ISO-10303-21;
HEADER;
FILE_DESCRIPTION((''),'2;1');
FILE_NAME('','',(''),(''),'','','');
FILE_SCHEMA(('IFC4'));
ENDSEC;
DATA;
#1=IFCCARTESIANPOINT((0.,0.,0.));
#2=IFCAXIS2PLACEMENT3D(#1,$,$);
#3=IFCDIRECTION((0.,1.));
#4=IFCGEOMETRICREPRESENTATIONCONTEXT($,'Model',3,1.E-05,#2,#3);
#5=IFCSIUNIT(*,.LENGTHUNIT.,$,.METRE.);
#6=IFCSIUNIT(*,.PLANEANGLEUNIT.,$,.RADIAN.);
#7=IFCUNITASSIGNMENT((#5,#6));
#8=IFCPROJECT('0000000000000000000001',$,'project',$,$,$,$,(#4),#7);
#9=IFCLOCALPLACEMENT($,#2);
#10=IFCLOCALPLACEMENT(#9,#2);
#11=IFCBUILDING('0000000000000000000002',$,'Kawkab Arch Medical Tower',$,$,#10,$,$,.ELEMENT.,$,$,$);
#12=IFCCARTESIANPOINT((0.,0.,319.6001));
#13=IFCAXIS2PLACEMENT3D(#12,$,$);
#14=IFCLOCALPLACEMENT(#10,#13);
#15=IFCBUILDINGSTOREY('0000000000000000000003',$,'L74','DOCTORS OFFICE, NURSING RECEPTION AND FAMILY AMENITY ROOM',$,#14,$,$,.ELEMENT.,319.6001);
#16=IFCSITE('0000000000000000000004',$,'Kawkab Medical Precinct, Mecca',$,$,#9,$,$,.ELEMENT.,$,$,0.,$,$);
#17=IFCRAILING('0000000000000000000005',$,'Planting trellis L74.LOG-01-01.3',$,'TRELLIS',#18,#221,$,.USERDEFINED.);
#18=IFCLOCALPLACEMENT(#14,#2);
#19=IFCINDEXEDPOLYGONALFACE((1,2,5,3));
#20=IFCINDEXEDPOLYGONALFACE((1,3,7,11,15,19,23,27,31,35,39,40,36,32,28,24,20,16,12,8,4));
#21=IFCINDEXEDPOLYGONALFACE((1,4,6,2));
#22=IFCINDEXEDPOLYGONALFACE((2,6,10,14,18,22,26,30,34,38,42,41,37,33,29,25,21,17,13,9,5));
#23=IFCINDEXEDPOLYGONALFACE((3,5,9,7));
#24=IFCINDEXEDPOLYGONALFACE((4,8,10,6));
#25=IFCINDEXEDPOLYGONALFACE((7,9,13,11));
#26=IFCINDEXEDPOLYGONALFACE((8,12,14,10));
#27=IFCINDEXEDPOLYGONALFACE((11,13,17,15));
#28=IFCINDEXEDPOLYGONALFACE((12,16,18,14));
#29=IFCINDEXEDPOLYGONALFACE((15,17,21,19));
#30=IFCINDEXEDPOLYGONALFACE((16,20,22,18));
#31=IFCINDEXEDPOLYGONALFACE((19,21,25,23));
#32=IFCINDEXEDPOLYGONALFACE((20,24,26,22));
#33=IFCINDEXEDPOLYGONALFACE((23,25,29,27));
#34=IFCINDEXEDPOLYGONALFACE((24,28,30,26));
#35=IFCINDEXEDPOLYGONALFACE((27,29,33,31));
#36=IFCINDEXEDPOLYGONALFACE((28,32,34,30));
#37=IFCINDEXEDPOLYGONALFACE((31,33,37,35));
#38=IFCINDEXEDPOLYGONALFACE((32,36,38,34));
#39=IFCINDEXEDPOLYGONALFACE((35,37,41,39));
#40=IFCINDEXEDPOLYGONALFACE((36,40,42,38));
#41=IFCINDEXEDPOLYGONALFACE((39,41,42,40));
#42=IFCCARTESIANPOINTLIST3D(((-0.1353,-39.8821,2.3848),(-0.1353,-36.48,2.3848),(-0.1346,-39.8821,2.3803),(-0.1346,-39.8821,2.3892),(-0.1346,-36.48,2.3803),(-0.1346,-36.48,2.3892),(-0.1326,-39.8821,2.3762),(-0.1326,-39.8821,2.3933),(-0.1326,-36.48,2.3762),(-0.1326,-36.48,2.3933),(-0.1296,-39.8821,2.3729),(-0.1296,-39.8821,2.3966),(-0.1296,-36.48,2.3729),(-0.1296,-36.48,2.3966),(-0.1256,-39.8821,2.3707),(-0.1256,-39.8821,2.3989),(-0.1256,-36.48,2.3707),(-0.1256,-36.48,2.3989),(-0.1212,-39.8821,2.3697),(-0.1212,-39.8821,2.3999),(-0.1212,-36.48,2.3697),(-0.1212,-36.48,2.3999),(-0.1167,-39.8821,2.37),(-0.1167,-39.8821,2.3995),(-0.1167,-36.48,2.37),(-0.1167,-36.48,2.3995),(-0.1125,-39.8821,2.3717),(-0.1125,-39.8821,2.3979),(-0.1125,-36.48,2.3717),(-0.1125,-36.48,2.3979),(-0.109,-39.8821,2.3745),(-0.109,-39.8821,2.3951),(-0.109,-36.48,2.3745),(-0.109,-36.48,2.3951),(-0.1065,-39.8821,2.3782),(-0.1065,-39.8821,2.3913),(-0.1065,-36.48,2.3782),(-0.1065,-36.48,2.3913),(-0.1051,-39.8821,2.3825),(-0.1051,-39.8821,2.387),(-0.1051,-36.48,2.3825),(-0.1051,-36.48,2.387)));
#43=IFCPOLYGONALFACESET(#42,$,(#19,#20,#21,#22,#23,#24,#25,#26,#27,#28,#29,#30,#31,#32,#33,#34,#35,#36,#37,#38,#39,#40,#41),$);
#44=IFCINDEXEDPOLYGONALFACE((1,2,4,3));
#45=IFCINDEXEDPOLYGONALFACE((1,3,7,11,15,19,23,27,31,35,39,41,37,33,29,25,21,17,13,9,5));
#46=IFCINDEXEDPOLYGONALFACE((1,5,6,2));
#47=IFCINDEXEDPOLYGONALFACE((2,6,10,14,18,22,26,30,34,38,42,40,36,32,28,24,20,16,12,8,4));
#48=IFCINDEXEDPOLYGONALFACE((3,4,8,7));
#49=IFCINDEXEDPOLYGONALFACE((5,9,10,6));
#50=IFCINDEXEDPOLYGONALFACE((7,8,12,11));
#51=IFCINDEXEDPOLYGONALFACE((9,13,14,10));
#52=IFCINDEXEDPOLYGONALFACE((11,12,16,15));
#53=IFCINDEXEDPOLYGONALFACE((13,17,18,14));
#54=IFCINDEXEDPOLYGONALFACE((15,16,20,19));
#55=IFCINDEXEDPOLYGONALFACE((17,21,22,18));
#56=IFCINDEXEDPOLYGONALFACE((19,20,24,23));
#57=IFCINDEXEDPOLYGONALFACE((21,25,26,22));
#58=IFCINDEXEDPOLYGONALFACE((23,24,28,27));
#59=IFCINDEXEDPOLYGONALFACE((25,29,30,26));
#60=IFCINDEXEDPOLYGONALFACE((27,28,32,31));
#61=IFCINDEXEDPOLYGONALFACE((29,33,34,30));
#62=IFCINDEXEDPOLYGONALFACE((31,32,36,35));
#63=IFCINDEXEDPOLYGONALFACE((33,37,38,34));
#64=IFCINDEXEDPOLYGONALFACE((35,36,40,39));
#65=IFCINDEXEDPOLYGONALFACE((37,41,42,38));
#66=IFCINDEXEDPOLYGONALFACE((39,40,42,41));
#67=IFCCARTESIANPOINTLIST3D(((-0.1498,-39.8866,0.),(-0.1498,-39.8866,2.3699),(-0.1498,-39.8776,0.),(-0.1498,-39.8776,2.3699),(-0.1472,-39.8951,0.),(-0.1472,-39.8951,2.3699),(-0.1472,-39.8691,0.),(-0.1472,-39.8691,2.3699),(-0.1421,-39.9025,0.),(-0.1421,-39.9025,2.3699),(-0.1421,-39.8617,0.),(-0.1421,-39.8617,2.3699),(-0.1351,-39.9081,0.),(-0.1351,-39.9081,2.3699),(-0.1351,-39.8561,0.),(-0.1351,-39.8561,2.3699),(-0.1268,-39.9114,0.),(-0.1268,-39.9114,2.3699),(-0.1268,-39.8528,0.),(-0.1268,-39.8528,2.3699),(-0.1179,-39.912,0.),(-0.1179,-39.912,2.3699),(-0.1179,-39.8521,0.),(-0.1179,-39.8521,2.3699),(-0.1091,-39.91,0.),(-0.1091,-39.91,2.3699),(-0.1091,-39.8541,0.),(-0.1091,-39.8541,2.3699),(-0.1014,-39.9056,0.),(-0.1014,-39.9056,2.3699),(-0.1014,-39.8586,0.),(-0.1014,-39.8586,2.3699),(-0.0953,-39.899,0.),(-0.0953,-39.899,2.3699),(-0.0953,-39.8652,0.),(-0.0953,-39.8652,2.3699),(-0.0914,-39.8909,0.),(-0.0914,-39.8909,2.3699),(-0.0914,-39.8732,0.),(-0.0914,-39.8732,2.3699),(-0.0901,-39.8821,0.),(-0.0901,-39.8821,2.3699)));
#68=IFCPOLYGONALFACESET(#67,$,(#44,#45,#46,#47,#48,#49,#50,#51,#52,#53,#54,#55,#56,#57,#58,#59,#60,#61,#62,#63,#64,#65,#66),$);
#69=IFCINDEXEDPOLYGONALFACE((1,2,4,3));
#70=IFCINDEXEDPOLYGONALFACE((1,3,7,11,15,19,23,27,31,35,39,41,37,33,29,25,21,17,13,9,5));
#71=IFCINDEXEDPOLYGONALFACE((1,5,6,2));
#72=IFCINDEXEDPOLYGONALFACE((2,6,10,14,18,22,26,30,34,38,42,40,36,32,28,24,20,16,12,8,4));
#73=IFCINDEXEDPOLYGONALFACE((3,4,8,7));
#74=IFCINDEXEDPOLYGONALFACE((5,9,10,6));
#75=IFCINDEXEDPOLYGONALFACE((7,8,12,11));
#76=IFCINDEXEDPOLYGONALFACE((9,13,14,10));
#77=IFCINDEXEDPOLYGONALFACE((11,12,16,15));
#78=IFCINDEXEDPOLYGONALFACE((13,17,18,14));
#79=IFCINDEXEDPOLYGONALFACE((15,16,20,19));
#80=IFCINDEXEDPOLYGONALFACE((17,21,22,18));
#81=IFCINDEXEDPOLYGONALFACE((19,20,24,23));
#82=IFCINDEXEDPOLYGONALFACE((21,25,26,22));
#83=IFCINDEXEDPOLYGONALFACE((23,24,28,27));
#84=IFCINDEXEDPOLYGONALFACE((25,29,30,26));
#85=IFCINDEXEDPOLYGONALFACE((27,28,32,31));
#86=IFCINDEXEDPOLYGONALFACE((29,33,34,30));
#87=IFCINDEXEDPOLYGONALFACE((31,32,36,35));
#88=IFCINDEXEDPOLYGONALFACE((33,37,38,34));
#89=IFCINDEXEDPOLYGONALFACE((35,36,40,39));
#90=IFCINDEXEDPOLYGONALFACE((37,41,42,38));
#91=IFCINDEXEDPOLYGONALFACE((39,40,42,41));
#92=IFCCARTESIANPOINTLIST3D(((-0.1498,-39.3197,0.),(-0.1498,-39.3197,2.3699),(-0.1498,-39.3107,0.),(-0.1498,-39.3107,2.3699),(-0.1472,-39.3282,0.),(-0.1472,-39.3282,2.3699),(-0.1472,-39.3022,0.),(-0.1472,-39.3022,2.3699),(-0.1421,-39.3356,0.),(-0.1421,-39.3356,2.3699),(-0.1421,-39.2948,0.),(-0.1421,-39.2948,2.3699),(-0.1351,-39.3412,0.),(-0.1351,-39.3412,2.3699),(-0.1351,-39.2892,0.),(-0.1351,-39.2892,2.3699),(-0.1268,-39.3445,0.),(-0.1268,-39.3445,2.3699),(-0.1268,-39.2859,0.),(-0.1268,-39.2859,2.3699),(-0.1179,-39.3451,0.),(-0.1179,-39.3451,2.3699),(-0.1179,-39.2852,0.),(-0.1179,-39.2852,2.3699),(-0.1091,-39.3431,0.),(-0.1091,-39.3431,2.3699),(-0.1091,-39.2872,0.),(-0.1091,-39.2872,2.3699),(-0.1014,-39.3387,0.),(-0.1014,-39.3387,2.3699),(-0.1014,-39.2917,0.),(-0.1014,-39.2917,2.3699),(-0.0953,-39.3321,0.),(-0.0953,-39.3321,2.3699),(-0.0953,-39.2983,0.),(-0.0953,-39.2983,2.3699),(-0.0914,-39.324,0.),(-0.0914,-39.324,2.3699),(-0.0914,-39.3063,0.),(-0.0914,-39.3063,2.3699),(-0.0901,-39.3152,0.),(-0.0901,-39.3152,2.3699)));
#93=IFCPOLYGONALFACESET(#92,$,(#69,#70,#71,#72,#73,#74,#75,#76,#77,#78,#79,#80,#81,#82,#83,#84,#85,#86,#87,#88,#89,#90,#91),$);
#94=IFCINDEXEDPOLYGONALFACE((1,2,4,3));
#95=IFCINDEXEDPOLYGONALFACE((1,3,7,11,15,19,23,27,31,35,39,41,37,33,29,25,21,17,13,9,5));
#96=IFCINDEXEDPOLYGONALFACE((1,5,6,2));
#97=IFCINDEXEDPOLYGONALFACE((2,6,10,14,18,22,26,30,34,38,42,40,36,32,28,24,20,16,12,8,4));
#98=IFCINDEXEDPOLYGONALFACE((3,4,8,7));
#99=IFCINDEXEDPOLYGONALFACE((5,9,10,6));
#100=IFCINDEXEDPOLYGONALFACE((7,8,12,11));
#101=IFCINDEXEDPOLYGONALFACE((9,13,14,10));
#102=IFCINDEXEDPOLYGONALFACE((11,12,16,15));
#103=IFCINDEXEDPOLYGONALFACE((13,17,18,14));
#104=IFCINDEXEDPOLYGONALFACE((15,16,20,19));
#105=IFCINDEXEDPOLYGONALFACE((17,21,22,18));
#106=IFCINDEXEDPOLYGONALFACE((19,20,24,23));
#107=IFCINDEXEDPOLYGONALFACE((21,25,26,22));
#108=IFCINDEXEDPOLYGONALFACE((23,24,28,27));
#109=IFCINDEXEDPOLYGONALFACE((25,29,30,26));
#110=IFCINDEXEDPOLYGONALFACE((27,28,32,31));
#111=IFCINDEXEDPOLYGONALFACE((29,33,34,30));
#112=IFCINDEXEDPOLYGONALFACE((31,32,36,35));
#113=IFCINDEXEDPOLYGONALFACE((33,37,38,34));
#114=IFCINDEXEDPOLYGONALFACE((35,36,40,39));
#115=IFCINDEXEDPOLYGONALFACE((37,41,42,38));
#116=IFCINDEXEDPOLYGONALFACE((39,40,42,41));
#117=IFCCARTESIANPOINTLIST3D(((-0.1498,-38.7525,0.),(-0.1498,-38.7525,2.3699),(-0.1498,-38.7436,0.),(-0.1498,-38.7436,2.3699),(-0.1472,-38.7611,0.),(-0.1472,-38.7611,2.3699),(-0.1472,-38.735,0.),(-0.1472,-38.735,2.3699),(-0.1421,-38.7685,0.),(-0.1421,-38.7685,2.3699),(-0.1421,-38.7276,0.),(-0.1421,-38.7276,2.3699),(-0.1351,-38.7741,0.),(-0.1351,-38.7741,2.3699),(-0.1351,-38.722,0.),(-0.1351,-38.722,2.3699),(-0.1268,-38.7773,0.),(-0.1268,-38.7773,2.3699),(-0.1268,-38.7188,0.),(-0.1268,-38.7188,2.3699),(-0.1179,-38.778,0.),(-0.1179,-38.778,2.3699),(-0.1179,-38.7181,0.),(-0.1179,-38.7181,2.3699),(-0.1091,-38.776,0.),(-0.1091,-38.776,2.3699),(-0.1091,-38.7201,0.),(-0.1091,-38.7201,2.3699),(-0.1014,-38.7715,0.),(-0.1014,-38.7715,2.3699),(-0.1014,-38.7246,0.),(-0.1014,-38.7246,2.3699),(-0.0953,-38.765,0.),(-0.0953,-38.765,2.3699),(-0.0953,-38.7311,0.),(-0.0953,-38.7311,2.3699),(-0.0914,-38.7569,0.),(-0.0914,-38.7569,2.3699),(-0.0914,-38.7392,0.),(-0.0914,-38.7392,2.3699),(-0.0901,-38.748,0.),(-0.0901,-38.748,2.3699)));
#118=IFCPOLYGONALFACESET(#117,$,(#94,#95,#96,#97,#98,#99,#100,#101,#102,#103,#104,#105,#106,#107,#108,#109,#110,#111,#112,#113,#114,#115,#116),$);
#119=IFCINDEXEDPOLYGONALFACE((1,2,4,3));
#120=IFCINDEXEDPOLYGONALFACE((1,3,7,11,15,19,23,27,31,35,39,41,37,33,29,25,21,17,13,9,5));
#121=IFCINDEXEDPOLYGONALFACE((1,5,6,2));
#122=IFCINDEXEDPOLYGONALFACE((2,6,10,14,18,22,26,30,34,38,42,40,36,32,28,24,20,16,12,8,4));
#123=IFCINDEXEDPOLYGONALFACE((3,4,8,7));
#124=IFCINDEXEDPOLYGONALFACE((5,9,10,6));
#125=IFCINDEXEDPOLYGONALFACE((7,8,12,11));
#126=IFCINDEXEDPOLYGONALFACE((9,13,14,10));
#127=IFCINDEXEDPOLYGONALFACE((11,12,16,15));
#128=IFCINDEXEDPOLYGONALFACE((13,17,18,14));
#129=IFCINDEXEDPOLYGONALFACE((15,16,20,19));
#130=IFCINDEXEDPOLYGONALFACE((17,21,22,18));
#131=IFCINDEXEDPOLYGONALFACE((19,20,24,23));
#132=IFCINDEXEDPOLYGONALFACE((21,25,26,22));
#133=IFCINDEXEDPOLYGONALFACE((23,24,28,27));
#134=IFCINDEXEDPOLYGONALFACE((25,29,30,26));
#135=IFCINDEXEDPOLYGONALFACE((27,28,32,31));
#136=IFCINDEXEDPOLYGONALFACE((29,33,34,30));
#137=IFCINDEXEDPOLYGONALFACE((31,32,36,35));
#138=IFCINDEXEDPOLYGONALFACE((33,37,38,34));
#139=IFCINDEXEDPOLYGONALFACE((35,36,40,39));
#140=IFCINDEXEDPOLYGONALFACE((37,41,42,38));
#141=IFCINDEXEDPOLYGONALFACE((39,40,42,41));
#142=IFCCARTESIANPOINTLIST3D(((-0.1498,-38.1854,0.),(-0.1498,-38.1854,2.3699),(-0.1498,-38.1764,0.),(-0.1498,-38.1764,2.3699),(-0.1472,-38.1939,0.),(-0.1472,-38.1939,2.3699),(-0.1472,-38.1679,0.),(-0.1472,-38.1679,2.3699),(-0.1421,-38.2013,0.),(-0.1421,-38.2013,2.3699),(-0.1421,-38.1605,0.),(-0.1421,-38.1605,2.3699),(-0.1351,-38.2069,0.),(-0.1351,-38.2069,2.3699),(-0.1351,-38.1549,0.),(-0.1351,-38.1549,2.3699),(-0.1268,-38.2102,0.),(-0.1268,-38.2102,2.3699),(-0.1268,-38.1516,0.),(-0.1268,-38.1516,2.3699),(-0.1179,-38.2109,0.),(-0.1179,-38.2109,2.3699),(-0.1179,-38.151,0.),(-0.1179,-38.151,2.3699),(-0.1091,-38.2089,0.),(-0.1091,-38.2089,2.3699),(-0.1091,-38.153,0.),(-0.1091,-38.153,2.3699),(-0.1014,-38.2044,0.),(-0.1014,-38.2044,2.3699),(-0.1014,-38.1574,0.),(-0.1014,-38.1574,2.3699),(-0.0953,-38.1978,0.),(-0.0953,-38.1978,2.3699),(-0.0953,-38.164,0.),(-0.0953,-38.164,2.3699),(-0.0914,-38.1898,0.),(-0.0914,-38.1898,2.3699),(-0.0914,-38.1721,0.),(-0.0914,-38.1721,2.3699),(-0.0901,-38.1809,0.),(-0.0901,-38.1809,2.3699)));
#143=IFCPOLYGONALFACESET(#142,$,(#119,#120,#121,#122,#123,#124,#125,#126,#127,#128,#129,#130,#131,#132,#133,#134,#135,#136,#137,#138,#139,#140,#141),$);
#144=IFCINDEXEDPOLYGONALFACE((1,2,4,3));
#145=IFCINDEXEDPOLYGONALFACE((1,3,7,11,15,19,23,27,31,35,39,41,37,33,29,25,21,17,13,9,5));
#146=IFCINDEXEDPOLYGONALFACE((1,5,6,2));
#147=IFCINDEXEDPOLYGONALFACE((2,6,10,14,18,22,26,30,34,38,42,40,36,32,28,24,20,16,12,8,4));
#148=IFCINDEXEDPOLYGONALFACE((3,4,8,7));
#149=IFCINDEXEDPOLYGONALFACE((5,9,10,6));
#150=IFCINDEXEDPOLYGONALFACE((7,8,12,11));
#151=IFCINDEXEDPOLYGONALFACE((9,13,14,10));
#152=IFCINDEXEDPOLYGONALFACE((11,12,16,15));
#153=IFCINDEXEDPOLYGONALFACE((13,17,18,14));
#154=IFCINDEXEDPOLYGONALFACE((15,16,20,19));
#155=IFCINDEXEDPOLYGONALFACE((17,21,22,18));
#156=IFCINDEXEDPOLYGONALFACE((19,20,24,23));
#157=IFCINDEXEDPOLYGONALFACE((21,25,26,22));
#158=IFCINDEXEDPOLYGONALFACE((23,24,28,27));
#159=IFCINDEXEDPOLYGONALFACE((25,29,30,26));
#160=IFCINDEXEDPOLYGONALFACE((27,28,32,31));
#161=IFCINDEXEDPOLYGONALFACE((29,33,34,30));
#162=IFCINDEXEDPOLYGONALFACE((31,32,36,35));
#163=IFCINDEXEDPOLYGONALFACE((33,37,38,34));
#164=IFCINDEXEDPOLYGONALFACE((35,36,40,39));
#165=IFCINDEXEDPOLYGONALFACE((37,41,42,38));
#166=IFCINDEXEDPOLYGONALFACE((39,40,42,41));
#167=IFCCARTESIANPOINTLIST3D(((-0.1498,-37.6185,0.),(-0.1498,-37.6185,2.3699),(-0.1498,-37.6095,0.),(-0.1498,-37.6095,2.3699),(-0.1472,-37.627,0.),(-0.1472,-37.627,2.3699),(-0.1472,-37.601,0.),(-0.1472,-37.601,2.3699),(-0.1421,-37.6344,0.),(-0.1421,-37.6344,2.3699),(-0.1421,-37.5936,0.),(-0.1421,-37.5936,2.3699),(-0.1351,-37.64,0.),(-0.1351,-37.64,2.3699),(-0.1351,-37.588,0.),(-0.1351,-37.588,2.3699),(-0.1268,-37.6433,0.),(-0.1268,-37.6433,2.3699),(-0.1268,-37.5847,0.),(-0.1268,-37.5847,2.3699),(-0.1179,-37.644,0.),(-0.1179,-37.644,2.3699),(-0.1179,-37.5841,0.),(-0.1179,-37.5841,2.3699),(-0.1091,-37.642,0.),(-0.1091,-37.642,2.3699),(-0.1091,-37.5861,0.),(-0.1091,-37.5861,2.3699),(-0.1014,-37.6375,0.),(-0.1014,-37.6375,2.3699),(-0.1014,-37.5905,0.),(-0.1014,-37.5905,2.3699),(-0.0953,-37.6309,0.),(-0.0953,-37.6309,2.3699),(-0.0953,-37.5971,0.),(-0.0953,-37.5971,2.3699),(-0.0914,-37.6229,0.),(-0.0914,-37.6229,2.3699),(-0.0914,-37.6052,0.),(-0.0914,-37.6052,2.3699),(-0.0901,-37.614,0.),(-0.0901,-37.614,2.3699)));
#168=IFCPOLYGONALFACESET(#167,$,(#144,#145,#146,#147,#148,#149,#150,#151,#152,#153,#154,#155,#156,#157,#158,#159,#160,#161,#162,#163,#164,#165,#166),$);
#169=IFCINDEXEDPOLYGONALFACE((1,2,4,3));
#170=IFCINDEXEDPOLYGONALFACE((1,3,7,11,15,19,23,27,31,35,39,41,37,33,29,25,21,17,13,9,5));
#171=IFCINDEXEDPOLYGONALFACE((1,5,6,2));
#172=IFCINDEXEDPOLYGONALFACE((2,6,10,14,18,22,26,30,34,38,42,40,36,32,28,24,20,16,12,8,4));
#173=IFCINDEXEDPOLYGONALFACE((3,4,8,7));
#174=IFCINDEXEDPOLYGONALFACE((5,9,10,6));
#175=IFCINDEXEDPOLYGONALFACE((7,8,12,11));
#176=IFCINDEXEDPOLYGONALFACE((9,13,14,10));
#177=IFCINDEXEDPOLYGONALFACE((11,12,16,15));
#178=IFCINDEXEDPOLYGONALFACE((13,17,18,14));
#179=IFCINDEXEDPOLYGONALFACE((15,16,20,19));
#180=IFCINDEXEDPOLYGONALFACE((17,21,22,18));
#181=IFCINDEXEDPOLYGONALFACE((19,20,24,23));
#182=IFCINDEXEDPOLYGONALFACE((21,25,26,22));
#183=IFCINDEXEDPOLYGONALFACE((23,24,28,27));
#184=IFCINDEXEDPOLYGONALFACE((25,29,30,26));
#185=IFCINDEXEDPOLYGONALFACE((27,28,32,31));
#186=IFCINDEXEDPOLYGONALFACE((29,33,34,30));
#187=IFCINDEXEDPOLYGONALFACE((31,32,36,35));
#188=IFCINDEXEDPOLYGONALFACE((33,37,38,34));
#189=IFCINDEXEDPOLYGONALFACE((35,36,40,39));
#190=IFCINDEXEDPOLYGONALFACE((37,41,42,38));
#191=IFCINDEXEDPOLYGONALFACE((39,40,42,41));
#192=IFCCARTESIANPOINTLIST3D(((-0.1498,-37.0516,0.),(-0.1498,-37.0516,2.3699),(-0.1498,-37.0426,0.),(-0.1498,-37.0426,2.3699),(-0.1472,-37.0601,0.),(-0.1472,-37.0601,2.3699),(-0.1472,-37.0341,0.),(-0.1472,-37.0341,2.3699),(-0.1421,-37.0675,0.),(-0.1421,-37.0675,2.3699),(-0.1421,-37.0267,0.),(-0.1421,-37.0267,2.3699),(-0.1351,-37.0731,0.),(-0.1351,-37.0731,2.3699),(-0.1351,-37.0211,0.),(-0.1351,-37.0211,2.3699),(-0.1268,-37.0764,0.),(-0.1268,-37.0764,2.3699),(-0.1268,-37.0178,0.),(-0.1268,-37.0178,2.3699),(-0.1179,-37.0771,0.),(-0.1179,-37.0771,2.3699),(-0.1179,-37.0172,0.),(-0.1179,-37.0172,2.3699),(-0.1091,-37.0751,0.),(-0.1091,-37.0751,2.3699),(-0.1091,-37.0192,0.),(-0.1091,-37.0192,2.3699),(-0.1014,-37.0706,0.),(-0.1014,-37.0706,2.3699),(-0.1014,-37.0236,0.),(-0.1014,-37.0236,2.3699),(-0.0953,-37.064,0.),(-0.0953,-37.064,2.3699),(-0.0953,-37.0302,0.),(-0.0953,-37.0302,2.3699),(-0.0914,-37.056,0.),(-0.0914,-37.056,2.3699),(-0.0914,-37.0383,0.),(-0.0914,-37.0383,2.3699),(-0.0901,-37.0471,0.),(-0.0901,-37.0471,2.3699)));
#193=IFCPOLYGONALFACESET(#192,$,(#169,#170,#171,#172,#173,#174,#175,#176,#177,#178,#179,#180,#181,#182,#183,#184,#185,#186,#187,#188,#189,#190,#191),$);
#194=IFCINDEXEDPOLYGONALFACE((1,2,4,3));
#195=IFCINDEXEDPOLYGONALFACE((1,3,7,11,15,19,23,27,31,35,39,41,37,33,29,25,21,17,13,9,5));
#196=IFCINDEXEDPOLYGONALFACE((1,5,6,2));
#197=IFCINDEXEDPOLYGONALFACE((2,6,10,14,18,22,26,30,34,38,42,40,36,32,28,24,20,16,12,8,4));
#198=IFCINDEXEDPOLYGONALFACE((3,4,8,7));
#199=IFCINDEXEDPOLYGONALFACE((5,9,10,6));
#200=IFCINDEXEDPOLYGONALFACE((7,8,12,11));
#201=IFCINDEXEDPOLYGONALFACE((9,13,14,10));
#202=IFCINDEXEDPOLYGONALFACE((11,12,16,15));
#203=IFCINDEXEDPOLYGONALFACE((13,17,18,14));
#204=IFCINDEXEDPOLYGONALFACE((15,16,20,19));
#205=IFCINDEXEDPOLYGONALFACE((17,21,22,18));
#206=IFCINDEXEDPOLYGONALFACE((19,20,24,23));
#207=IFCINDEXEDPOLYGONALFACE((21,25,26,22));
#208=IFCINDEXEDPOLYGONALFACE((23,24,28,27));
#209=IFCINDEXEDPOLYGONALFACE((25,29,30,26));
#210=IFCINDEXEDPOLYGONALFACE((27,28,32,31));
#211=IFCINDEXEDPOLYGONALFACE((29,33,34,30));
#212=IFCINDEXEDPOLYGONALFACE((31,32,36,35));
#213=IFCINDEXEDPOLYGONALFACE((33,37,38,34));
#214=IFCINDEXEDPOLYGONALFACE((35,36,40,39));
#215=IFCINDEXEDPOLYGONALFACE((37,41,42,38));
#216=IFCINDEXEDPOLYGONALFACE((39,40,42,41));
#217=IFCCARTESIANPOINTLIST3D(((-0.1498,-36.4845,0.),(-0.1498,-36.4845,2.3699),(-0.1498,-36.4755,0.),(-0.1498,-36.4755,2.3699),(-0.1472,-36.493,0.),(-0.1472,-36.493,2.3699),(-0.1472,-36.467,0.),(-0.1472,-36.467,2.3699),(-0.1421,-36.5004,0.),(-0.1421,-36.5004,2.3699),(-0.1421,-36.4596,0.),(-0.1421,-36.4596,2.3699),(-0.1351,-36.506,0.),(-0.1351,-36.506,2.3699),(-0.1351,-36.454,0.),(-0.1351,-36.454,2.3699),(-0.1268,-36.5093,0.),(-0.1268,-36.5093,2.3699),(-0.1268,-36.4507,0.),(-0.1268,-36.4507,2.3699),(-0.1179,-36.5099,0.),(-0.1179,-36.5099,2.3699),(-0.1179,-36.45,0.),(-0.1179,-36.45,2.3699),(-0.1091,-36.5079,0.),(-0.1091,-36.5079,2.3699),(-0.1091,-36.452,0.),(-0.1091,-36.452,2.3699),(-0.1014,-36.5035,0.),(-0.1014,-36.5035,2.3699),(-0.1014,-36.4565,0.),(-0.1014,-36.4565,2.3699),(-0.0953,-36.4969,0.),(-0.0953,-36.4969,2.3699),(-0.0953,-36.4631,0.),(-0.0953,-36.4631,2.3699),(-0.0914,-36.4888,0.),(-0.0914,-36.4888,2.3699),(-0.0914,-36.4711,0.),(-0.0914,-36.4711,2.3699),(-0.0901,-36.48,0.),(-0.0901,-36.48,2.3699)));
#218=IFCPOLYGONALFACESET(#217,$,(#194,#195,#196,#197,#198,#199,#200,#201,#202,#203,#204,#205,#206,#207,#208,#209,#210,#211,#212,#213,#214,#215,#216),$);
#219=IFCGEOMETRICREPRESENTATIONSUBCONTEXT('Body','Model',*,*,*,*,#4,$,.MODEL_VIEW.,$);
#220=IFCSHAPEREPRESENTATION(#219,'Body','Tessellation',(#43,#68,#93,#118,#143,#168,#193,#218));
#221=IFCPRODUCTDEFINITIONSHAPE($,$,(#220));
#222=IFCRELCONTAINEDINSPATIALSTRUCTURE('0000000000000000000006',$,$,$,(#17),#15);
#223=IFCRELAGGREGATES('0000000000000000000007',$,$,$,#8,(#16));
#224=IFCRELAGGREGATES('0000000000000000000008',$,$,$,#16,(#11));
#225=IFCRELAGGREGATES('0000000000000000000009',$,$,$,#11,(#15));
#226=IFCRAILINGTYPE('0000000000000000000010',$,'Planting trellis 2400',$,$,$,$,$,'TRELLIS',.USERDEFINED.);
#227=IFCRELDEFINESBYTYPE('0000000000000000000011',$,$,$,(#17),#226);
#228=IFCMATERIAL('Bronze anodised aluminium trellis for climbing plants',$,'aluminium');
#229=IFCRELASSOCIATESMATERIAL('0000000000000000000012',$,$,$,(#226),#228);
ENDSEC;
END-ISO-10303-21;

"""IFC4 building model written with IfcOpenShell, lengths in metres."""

from ifc_helpers import new_model, si_unit, direction, frame, origin, origin_2d, place, context, subcontext, project, spatial, circle, extrude, material, type_object, element, save


model = new_model("IFC4")

# Units and contexts
model_context = context("Model", 3, precision=1e-05, world=origin(), true_north=direction((0.0, 1.0)))
body_context = subcontext(model_context, "Body", "Model", "MODEL_VIEW")
ifc_project = project(units=[si_unit("LENGTHUNIT", "METRE"), si_unit("PLANEANGLEUNIT", "RADIAN")], contexts=[model_context])

# Site, building, storey
site_placement = place(None, origin())
site = spatial("IfcSite", under=ifc_project, at=site_placement, Name="Kawkab Medical Precinct, Mecca", CompositionType="ELEMENT", RefElevation=0.0)
building_placement = place(site_placement, origin())
building = spatial("IfcBuilding", under=site, at=building_placement, Name="Kawkab Arch Medical Tower", CompositionType="ELEMENT")
storey_placement = place(building_placement, frame((0.0, 0.0, 319.6001)))
storey = spatial("IfcBuildingStorey", under=building, at=storey_placement, Name="L74", Description="DOCTORS OFFICE, NURSING RECEPTION AND FAMILY AMENITY ROOM", CompositionType="ELEMENT", Elevation=319.6001)

# Railing
ifc_material_1 = material(Name="Bronze anodised aluminium trellis for climbing plants", Category="aluminium")
railing_type_1 = type_object("IfcRailingType", Name="Planting trellis 2400", ElementType="TRELLIS", PredefinedType="USERDEFINED", material=ifc_material_1)
railing_1_placement = place(storey_placement, frame((-0.1201, -39.8821, 0.0)))
element("IfcRailing", 1, at=railing_1_placement, inside=storey, type_object=railing_type_1, Name="Planting trellis L74.LOG-01-01.3", ObjectType="TRELLIS", PredefinedType="USERDEFINED", context=body_context, shape_type="SweptSolid", body=[
    extrude(circle(Radius=0.0151, at=origin_2d()), frame((0.0, 0.0, 2.3848), z_axis=(0.0, 1.0, 0.0), x_axis=(-1.0, 0.0, 0.0)), (0.0, 0.0, 1.0), 3.4021),
    extrude(circle(Radius=0.03, at=origin_2d()), origin(), (0.0, 0.0, 1.0), 2.3699),
    extrude(circle(Radius=0.03, at=origin_2d()), frame((0.0, 0.5669, 0.0)), (0.0, 0.0, 1.0), 2.3699),
    extrude(circle(Radius=0.03, at=origin_2d()), frame((0.0, 1.134, 0.0)), (0.0, 0.0, 1.0), 2.3699),
    extrude(circle(Radius=0.03, at=origin_2d()), frame((0.0, 1.7012, 0.0)), (0.0, 0.0, 1.0), 2.3699),
    extrude(circle(Radius=0.03, at=origin_2d()), frame((0.0, 2.2681, 0.0)), (0.0, 0.0, 1.0), 2.3699),
    extrude(circle(Radius=0.03, at=origin_2d()), frame((0.0, 2.835, 0.0)), (0.0, 0.0, 1.0), 2.3699),
    extrude(circle(Radius=0.03, at=origin_2d()), frame((0.0, 3.4021, 0.0)), (0.0, 0.0, 1.0), 2.3699),
])

save(model, "model.ifc")
